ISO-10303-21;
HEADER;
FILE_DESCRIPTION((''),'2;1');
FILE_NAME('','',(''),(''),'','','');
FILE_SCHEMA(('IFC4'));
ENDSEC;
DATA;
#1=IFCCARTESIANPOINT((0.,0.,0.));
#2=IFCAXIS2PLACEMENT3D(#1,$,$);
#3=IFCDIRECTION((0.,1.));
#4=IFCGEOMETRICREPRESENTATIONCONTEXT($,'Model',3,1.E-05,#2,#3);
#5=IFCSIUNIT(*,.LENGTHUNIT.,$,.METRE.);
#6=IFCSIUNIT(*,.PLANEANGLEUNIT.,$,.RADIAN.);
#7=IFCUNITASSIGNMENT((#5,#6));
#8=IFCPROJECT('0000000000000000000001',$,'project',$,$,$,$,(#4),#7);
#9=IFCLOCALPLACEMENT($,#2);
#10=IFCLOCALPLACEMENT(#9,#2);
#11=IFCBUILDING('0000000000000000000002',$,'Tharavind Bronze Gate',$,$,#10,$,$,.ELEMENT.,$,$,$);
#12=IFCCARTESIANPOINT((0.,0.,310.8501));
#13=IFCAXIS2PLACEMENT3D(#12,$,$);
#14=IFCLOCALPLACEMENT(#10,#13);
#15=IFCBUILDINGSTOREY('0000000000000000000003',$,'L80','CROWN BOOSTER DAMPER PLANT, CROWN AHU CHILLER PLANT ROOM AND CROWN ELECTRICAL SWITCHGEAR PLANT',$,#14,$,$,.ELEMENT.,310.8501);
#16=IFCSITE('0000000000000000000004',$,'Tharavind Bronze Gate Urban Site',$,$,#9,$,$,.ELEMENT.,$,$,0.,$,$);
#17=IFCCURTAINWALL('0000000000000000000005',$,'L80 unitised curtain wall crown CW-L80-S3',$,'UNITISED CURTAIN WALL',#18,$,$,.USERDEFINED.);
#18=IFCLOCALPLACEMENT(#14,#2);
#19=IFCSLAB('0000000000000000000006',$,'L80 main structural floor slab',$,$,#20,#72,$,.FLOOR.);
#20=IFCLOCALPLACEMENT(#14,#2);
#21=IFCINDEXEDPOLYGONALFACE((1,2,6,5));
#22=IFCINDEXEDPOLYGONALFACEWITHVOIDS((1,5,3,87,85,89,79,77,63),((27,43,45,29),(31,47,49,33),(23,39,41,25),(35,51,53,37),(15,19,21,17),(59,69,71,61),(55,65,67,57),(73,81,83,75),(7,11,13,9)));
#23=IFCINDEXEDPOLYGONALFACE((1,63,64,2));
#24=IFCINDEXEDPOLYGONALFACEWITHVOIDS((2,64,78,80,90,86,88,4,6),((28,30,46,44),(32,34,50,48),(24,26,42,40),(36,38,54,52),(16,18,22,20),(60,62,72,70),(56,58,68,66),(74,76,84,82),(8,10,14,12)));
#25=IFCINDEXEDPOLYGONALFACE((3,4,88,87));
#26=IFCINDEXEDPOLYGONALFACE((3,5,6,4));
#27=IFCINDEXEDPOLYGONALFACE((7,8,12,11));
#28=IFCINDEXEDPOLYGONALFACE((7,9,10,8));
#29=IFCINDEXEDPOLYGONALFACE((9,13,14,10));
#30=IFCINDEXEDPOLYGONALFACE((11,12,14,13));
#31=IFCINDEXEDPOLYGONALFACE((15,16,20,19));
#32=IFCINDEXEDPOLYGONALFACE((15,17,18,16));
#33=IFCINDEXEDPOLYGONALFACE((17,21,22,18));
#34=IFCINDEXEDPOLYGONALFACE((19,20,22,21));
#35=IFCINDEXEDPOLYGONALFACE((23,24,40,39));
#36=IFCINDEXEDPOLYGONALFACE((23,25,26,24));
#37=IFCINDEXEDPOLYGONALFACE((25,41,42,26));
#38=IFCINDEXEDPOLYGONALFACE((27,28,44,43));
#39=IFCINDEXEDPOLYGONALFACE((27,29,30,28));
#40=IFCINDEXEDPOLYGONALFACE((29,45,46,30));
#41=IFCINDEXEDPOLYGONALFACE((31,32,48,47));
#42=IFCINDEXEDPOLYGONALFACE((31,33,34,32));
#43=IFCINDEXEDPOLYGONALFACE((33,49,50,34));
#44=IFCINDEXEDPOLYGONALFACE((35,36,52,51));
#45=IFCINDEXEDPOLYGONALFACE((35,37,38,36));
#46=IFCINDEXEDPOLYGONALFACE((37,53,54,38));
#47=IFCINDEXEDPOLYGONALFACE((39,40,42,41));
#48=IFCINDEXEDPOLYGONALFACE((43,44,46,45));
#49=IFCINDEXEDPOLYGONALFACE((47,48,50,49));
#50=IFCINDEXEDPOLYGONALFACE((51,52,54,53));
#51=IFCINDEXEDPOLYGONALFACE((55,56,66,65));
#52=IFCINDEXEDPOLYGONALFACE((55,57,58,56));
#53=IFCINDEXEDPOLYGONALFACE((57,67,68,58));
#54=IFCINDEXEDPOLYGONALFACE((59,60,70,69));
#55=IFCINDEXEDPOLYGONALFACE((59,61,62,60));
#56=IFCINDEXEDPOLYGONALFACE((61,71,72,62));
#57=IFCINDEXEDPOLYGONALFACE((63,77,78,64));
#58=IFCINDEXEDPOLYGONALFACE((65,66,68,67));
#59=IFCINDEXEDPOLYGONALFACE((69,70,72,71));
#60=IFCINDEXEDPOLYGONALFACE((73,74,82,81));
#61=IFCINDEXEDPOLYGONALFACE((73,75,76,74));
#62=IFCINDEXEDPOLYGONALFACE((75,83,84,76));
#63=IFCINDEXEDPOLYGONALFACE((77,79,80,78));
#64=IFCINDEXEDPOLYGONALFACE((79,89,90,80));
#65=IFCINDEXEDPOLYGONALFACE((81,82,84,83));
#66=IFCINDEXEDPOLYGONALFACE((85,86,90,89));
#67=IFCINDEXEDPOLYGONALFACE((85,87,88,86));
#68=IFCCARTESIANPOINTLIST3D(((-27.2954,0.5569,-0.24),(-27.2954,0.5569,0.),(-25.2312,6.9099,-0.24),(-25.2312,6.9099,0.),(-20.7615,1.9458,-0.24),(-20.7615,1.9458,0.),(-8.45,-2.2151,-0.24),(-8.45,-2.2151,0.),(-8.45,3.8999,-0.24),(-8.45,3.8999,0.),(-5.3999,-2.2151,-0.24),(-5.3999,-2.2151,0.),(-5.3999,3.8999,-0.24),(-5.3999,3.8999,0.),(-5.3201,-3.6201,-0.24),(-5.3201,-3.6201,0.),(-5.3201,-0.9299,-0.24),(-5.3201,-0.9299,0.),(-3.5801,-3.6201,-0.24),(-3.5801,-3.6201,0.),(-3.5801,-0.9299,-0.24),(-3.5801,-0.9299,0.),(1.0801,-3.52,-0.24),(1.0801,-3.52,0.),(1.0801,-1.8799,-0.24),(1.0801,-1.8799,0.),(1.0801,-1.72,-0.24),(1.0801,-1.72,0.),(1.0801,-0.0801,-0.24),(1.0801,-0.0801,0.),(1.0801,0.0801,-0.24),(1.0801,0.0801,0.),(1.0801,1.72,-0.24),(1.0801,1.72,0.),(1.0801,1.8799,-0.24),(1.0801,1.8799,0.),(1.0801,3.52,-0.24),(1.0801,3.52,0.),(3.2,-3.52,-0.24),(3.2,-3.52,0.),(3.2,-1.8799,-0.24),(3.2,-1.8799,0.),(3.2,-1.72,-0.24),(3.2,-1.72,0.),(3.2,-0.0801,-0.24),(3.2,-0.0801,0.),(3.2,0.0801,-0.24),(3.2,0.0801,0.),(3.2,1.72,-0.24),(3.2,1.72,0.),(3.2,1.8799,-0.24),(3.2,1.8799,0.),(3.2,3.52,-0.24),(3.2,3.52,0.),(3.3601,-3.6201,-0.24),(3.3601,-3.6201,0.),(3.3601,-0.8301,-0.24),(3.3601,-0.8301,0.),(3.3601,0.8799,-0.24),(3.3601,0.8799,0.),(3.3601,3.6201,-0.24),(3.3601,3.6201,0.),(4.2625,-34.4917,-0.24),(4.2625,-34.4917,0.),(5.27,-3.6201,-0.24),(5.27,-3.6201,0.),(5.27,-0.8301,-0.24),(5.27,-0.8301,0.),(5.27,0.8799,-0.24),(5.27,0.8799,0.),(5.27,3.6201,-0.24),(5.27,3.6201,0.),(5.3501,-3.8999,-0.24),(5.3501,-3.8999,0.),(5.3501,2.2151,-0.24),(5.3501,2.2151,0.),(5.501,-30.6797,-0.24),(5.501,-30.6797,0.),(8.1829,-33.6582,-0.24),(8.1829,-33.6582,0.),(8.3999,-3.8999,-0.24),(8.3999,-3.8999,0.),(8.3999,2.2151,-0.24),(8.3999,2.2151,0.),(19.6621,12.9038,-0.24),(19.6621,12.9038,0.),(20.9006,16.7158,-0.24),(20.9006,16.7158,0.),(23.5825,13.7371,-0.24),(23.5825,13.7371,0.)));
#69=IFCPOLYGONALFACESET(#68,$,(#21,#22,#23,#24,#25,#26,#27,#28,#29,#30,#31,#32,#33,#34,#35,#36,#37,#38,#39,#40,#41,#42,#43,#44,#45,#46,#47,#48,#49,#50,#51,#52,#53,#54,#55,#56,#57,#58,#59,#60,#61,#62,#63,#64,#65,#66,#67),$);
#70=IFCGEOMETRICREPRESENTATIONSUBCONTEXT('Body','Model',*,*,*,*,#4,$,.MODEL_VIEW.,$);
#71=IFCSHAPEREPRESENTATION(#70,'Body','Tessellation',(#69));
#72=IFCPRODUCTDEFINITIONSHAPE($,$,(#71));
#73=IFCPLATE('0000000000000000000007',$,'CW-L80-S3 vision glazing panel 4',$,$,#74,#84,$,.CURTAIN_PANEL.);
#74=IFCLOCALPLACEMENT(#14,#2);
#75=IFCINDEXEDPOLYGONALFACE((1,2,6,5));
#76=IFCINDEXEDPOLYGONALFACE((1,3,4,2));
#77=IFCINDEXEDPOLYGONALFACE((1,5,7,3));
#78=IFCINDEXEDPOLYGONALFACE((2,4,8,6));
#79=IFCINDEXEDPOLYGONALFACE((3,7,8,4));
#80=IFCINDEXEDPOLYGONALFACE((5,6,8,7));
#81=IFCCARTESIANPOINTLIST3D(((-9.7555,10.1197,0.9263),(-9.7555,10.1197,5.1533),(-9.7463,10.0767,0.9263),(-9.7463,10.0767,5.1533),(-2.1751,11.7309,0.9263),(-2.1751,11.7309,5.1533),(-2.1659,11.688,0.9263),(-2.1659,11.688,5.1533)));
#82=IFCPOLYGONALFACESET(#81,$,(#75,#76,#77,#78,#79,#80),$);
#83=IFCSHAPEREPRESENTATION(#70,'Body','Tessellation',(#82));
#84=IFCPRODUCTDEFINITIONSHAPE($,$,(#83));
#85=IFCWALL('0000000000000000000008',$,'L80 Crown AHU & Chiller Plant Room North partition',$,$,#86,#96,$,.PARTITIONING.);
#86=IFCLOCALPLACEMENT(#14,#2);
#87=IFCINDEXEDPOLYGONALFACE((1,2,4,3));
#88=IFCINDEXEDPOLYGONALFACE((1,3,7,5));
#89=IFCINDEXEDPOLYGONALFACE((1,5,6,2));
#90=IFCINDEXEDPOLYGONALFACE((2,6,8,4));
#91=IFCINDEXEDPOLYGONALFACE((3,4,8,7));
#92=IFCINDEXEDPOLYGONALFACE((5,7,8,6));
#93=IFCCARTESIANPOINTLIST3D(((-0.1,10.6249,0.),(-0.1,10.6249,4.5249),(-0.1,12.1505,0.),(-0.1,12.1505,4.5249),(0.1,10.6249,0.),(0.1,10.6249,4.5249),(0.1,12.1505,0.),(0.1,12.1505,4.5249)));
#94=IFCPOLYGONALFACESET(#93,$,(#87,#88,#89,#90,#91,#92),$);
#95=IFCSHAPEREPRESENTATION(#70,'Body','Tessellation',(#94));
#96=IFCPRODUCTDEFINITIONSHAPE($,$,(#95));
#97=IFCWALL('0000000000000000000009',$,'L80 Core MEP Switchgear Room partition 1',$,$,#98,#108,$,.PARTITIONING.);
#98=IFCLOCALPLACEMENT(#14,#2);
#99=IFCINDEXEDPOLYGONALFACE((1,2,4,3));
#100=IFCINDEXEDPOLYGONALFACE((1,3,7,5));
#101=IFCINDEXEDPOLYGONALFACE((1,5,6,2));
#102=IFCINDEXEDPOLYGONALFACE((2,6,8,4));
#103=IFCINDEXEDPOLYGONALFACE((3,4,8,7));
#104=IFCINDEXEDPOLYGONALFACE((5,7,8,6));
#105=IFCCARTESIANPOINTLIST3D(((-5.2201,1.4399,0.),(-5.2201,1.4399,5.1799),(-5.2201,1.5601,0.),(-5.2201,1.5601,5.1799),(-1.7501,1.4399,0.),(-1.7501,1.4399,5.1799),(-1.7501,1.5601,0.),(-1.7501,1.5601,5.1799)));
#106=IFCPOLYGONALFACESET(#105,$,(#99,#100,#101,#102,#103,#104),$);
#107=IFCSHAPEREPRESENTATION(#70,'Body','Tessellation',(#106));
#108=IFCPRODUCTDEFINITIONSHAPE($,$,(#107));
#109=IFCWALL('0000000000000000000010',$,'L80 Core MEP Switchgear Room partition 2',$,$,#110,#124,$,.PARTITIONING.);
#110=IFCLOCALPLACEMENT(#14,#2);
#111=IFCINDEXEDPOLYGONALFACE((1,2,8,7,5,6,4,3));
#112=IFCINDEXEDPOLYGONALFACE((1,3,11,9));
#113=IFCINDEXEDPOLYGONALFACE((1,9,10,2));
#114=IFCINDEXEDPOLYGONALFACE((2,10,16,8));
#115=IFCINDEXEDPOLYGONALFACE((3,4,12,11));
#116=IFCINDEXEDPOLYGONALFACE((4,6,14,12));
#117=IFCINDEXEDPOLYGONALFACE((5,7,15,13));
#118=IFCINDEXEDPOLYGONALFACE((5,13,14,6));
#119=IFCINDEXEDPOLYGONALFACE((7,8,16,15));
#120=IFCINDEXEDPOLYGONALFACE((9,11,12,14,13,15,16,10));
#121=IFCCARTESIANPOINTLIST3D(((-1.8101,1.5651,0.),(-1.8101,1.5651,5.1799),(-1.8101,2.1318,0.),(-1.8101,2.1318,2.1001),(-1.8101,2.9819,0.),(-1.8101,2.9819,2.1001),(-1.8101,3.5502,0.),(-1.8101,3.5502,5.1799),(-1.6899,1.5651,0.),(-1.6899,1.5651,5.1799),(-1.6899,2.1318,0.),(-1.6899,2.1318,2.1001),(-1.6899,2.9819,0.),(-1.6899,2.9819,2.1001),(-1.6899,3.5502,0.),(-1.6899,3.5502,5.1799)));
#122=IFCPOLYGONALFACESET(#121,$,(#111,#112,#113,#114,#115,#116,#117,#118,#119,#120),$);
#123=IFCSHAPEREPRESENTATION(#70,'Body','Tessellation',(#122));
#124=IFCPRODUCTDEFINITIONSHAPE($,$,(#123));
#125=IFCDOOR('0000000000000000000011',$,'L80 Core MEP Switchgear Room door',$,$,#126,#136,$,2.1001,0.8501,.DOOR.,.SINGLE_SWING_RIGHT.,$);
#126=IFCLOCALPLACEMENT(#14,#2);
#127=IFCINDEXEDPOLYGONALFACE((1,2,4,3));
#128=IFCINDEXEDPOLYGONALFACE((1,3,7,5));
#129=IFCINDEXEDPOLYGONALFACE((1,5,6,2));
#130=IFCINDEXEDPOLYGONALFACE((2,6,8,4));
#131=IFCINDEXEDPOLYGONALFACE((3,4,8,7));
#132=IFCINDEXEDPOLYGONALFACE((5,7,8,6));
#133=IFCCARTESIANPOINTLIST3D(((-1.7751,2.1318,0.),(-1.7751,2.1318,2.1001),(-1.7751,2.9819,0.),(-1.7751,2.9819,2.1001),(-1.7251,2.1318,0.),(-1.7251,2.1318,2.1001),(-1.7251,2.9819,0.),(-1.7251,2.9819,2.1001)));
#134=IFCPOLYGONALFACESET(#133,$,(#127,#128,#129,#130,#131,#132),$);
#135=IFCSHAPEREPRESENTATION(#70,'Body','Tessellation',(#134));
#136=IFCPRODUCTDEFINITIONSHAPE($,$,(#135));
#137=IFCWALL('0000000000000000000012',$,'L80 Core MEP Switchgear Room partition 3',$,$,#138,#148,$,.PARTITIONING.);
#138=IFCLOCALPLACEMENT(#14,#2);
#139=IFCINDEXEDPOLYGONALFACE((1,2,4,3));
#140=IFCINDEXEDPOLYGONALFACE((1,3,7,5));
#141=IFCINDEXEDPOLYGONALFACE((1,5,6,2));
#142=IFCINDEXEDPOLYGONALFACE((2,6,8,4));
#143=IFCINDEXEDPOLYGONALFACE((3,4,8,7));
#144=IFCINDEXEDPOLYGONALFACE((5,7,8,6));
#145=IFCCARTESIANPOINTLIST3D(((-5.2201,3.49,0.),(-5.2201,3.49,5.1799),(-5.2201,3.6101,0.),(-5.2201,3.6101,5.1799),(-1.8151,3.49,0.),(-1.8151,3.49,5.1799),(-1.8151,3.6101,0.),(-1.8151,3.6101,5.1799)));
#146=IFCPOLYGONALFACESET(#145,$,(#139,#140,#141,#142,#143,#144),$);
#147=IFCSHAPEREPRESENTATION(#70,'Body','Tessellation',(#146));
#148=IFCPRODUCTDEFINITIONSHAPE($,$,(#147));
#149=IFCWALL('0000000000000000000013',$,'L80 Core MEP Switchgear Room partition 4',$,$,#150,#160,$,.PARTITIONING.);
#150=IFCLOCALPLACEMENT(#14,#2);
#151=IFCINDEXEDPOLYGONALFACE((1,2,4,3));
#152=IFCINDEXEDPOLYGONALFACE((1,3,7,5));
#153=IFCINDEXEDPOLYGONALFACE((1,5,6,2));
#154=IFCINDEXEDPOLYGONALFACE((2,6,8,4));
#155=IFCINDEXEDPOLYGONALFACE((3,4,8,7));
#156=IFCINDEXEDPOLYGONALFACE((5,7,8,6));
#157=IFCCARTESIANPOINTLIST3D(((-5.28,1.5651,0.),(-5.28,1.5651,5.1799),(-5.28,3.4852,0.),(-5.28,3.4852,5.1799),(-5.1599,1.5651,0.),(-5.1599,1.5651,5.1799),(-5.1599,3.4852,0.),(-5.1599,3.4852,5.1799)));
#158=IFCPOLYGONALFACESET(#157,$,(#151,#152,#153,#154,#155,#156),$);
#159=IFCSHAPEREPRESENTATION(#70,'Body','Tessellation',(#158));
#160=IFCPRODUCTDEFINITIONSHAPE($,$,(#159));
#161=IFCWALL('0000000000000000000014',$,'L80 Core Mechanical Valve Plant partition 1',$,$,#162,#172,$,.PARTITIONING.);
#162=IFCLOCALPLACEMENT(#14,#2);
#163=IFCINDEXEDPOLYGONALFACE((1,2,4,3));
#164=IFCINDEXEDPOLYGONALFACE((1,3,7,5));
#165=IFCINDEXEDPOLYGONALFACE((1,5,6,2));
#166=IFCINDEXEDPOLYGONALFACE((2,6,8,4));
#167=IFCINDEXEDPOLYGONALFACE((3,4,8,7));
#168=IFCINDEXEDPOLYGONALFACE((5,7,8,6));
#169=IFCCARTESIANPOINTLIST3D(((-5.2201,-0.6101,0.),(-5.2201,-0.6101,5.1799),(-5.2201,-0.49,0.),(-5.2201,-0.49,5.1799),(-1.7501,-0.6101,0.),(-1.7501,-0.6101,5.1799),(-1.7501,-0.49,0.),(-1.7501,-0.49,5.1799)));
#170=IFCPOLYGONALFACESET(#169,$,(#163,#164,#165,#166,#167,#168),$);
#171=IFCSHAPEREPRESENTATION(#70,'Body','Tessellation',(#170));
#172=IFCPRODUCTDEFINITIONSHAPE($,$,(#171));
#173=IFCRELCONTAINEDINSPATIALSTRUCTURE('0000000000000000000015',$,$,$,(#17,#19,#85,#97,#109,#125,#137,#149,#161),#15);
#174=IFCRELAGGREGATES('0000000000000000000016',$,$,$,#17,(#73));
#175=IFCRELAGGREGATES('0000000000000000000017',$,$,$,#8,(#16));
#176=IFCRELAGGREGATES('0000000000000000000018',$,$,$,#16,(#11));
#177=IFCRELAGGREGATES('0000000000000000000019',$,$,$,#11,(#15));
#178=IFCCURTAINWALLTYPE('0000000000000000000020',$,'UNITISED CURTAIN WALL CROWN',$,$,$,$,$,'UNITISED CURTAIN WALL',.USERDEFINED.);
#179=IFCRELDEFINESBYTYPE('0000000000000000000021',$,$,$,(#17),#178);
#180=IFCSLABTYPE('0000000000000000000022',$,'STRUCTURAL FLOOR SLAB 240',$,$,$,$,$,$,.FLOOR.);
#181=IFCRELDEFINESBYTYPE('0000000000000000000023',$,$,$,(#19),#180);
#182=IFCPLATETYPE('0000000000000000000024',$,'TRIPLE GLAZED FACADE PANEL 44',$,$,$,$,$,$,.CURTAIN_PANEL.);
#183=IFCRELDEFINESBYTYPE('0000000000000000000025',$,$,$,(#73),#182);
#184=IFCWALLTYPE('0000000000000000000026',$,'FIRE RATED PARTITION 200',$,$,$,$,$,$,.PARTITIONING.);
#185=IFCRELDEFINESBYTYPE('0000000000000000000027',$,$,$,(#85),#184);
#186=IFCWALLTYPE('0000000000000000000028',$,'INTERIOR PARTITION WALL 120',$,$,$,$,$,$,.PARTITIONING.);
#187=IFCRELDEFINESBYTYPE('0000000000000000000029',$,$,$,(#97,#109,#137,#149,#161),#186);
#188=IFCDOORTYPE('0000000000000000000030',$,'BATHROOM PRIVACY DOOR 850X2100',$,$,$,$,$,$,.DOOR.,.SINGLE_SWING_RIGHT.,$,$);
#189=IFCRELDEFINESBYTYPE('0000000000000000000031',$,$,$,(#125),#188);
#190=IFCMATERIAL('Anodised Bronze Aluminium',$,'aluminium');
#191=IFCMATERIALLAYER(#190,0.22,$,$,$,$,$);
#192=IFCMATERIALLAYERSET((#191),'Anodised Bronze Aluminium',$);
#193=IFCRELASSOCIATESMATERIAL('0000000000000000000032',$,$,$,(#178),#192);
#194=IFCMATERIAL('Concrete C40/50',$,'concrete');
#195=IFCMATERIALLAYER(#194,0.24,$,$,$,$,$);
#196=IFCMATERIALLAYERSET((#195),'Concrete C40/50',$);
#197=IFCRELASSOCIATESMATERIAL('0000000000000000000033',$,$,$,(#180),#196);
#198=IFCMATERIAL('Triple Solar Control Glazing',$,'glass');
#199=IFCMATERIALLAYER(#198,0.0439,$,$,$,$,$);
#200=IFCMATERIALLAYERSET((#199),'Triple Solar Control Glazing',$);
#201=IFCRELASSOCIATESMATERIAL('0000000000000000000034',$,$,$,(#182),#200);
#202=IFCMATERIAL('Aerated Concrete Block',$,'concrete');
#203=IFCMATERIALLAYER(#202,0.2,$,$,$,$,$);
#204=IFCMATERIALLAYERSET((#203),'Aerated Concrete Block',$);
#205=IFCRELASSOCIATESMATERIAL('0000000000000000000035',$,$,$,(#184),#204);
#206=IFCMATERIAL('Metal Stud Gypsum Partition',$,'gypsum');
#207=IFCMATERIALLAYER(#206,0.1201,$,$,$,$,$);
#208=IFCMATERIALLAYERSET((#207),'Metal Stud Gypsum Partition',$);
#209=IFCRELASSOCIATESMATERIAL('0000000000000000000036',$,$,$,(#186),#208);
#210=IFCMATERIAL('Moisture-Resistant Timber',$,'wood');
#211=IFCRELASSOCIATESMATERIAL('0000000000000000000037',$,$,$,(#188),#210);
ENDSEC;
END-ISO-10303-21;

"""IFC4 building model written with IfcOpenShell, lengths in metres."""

from ifc_helpers import new_model, si_unit, direction, frame, frame_2d, origin, origin_2d, place, context, subcontext, project, spatial, polyline, rectangle, outline, extrude, material, layer, layer_set, type_object, element, fill, aggregate, save


model = new_model("IFC4")

# Units and contexts
model_context = context("Model", 3, precision=1e-05, world=origin(), true_north=direction((0.0, 1.0)))
body_context = subcontext(model_context, "Body", "Model", "MODEL_VIEW")
ifc_project = project(units=[si_unit("LENGTHUNIT", "METRE"), si_unit("PLANEANGLEUNIT", "RADIAN")], contexts=[model_context])

# Site, building, storey
site_placement = place(None, origin())
site = spatial("IfcSite", under=ifc_project, at=site_placement, Name="Tharavind Bronze Gate Urban Site", CompositionType="ELEMENT", RefElevation=0.0)
building_placement = place(site_placement, origin())
building = spatial("IfcBuilding", under=site, at=building_placement, Name="Tharavind Bronze Gate", CompositionType="ELEMENT")
storey_placement = place(building_placement, frame((0.0, 0.0, 310.8501)))
storey = spatial("IfcBuildingStorey", under=building, at=storey_placement, Name="L80", Description="CROWN BOOSTER DAMPER PLANT, CROWN AHU CHILLER PLANT ROOM AND CROWN ELECTRICAL SWITCHGEAR PLANT", CompositionType="ELEMENT", Elevation=310.8501)

# Curtain wall
ifc_material_1 = material(Name="Anodised Bronze Aluminium", Category="aluminium")
ifc_layer_1 = layer(ifc_material_1, 0.22)
ifc_layer_set_1 = layer_set([ifc_layer_1], Name="Anodised Bronze Aluminium")
curtain_wall_type = type_object("IfcCurtainWallType", Name="UNITISED CURTAIN WALL CROWN", ElementType="UNITISED CURTAIN WALL", PredefinedType="USERDEFINED", material=ifc_layer_set_1)
curtain_wall_placement = place(storey_placement, origin())
curtain_wall = element("IfcCurtainWall", 1, at=curtain_wall_placement, inside=storey, type_object=curtain_wall_type, Name="L80 unitised curtain wall crown CW-L80-S3", ObjectType="UNITISED CURTAIN WALL", PredefinedType="USERDEFINED")

# Slab
ifc_material_2 = material(Name="Concrete C40/50", Category="concrete")
ifc_layer_2 = layer(ifc_material_2, 0.24)
ifc_layer_set_2 = layer_set([ifc_layer_2], Name="Concrete C40/50")
slab_type = type_object("IfcSlabType", Name="STRUCTURAL FLOOR SLAB 240", PredefinedType="FLOOR", material=ifc_layer_set_2)
slab_placement = place(storey_placement, frame((0.0, 0.0, -0.24)))
element("IfcSlab", 2, at=slab_placement, inside=storey, type_object=slab_type, Name="L80 main structural floor slab", PredefinedType="FLOOR", context=body_context, shape_type="SweptSolid", body=[
    extrude(outline(polyline([(-25.2312, 6.9099), (-20.7615, 1.9458), (-27.2954, 0.5569), (4.2625, -34.4917), (5.501, -30.6797), (8.1829, -33.6582), (23.5825, 13.7371), (19.6621, 12.9038), (20.9006, 16.7158), (-25.2312, 6.9099)]), holes=[polyline([(-5.3999, -2.2151), (-5.3999, 3.8999), (-8.45, 3.8999), (-8.45, -2.2151), (-5.3999, -2.2151)]), polyline([(5.3501, 2.2151), (5.3501, -3.8999), (8.3999, -3.8999), (8.3999, 2.2151), (5.3501, 2.2151)]), polyline([(1.0801, -3.52), (3.2, -3.52), (3.2, -1.8799), (1.0801, -1.8799), (1.0801, -3.52)]), polyline([(1.0801, -1.72), (3.2, -1.72), (3.2, -0.0801), (1.0801, -0.0801), (1.0801, -1.72)]), polyline([(1.0801, 0.0801), (3.2, 0.0801), (3.2, 1.72), (1.0801, 1.72), (1.0801, 0.0801)]), polyline([(1.0801, 1.8799), (3.2, 1.8799), (3.2, 3.52), (1.0801, 3.52), (1.0801, 1.8799)]), polyline([(-5.3201, -3.6201), (-3.5801, -3.6201), (-3.5801, -0.9299), (-5.3201, -0.9299), (-5.3201, -3.6201)]), polyline([(3.3601, 0.8799), (5.27, 0.8799), (5.27, 3.6201), (3.3601, 3.6201), (3.3601, 0.8799)]), polyline([(3.3601, -3.6201), (5.27, -3.6201), (5.27, -0.8301), (3.3601, -0.8301), (3.3601, -3.6201)])]), origin(), (0.0, 0.0, 1.0), 0.24),
])

# Plate
ifc_material_3 = material(Name="Triple Solar Control Glazing", Category="glass")
ifc_layer_3 = layer(ifc_material_3, 0.0439)
ifc_layer_set_3 = layer_set([ifc_layer_3], Name="Triple Solar Control Glazing")
plate_type_1 = type_object("IfcPlateType", Name="TRIPLE GLAZED FACADE PANEL 44", PredefinedType="CURTAIN_PANEL", material=ifc_layer_set_3)
plate_1_placement = place(storey_placement, frame((-5.9607, 10.9038, 0.9263), z_axis=(0.0, 0.0, 1.0), x_axis=(-0.978147, -0.207913, 0.0)))
plate_1 = element("IfcPlate", 3, at=plate_1_placement, type_object=plate_type_1, Name="CW-L80-S3 vision glazing panel 4", PredefinedType="CURTAIN_PANEL", context=body_context, shape_type="SweptSolid", body=[
    extrude(rectangle(XDim=7.7498, YDim=0.0439, at=origin_2d()), origin(), (0.0, 0.0, 1.0), 4.2271),
])
aggregate(curtain_wall, [plate_1])

# Walls
ifc_material_4 = material(Name="Aerated Concrete Block", Category="concrete")
ifc_layer_4 = layer(ifc_material_4, 0.2)
ifc_layer_set_4 = layer_set([ifc_layer_4], Name="Aerated Concrete Block")
wall_type_1 = type_object("IfcWallType", Name="FIRE RATED PARTITION 200", PredefinedType="PARTITIONING", material=ifc_layer_set_4)
wall_1_placement = place(storey_placement, frame((0.0, 10.625, 0.0), z_axis=(0.0, 0.0, 1.0), x_axis=(0.0, 1.0, 0.0)))
element("IfcWall", 4, at=wall_1_placement, inside=storey, type_object=wall_type_1, Name="L80 Crown AHU & Chiller Plant Room North partition", PredefinedType="PARTITIONING", context=body_context, shape_type="SweptSolid", body=[
    extrude(rectangle(XDim=1.5256, YDim=0.2, at=frame_2d((0.7627, 0.0))), origin(), (0.0, 0.0, 1.0), 4.5249),
])
ifc_material_5 = material(Name="Metal Stud Gypsum Partition", Category="gypsum")
ifc_layer_5 = layer(ifc_material_5, 0.1201)
ifc_layer_set_5 = layer_set([ifc_layer_5], Name="Metal Stud Gypsum Partition")
wall_type_2 = type_object("IfcWallType", Name="INTERIOR PARTITION WALL 120", PredefinedType="PARTITIONING", material=ifc_layer_set_5)
wall_2_placement = place(storey_placement, frame((-5.22, 1.5, 0.0), z_axis=(0.0, 0.0, 1.0), x_axis=(1.0, 0.0, 0.0)))
element("IfcWall", 5, at=wall_2_placement, inside=storey, type_object=wall_type_2, Name="L80 Core MEP Switchgear Room partition 1", PredefinedType="PARTITIONING", context=body_context, shape_type="SweptSolid", body=[
    extrude(rectangle(XDim=3.47, YDim=0.1201, at=frame_2d((1.7349, 0.0))), origin(), (0.0, 0.0, 1.0), 5.1799),
])

# Wall, opening, door
wall_3_placement = place(storey_placement, frame((-1.75, 1.5649, 0.0), z_axis=(0.0, 0.0, 1.0), x_axis=(0.0, 1.0, 0.0)))
wall_3 = element("IfcWall", 6, at=wall_3_placement, inside=storey, type_object=wall_type_2, Name="L80 Core MEP Switchgear Room partition 2", PredefinedType="PARTITIONING", context=body_context, shape_type="SweptSolid", body=[
    extrude(rectangle(XDim=1.9851, YDim=0.1201, at=frame_2d((0.9927, 0.0))), origin(), (0.0, 0.0, 1.0), 5.1799),
])
opening_1_placement = place(wall_3_placement, frame((0.5669, 0.0, 0.0)))
opening_1 = element("IfcOpeningElement", 7, at=opening_1_placement, cuts=wall_3, PredefinedType="OPENING", context=body_context, shape_type="SweptSolid", body=[
    extrude(rectangle(XDim=0.8501, YDim=2.1001, at=frame_2d((0.425, 1.05))), frame((0.0, 0.0701, 0.0), z_axis=(0.0, -1.0, 0.0), x_axis=(1.0, 0.0, 0.0)), (0.0, 0.0, 1.0), 0.1401),
])
ifc_material_6 = material(Name="Moisture-Resistant Timber", Category="wood")
door_type = type_object("IfcDoorType", Name="BATHROOM PRIVACY DOOR 850X2100", OperationType="SINGLE_SWING_RIGHT", PredefinedType="DOOR", material=ifc_material_6)
door_1_placement = place(opening_1_placement, frame((0.8501, 0.0, 0.0), z_axis=(0.0, 0.0, 1.0), x_axis=(-1.0, 0.0, 0.0)))
door_1 = element("IfcDoor", 8, at=door_1_placement, inside=storey, type_object=door_type, Name="L80 Core MEP Switchgear Room door", OperationType="SINGLE_SWING_RIGHT", OverallHeight=2.1001, OverallWidth=0.8501, PredefinedType="DOOR", context=body_context, shape_type="SweptSolid", body=[
    extrude(rectangle(XDim=0.8501, YDim=2.1001, at=frame_2d((0.425, 1.05))), frame((0.0, 0.0249, 0.0), z_axis=(0.0, -1.0, 0.0), x_axis=(1.0, 0.0, 0.0)), (0.0, 0.0, 1.0), 0.05),
])
fill(opening_1, door_1)

# Walls
wall_4_placement = place(storey_placement, frame((-1.8149, 3.55, 0.0), z_axis=(0.0, 0.0, 1.0), x_axis=(-1.0, 0.0, 0.0)))
element("IfcWall", 9, at=wall_4_placement, inside=storey, type_object=wall_type_2, Name="L80 Core MEP Switchgear Room partition 3", PredefinedType="PARTITIONING", context=body_context, shape_type="SweptSolid", body=[
    extrude(rectangle(XDim=3.405, YDim=0.1201, at=frame_2d((1.7026, 0.0))), origin(), (0.0, 0.0, 1.0), 5.1799),
])
wall_5_placement = place(storey_placement, frame((-5.22, 3.4851, 0.0), z_axis=(0.0, 0.0, 1.0), x_axis=(0.0, -1.0, 0.0)))
element("IfcWall", 10, at=wall_5_placement, inside=storey, type_object=wall_type_2, Name="L80 Core MEP Switchgear Room partition 4", PredefinedType="PARTITIONING", context=body_context, shape_type="SweptSolid", body=[
    extrude(rectangle(XDim=1.9202, YDim=0.1201, at=frame_2d((0.96, 0.0))), origin(), (0.0, 0.0, 1.0), 5.1799),
])
wall_6_placement = place(storey_placement, frame((-5.22, -0.55, 0.0), z_axis=(0.0, 0.0, 1.0), x_axis=(1.0, 0.0, 0.0)))
element("IfcWall", 11, at=wall_6_placement, inside=storey, type_object=wall_type_2, Name="L80 Core Mechanical Valve Plant partition 1", PredefinedType="PARTITIONING", context=body_context, shape_type="SweptSolid", body=[
    extrude(rectangle(XDim=3.47, YDim=0.1201, at=frame_2d((1.7349, 0.0))), origin(), (0.0, 0.0, 1.0), 5.1799),
])

save(model, "model.ifc")
